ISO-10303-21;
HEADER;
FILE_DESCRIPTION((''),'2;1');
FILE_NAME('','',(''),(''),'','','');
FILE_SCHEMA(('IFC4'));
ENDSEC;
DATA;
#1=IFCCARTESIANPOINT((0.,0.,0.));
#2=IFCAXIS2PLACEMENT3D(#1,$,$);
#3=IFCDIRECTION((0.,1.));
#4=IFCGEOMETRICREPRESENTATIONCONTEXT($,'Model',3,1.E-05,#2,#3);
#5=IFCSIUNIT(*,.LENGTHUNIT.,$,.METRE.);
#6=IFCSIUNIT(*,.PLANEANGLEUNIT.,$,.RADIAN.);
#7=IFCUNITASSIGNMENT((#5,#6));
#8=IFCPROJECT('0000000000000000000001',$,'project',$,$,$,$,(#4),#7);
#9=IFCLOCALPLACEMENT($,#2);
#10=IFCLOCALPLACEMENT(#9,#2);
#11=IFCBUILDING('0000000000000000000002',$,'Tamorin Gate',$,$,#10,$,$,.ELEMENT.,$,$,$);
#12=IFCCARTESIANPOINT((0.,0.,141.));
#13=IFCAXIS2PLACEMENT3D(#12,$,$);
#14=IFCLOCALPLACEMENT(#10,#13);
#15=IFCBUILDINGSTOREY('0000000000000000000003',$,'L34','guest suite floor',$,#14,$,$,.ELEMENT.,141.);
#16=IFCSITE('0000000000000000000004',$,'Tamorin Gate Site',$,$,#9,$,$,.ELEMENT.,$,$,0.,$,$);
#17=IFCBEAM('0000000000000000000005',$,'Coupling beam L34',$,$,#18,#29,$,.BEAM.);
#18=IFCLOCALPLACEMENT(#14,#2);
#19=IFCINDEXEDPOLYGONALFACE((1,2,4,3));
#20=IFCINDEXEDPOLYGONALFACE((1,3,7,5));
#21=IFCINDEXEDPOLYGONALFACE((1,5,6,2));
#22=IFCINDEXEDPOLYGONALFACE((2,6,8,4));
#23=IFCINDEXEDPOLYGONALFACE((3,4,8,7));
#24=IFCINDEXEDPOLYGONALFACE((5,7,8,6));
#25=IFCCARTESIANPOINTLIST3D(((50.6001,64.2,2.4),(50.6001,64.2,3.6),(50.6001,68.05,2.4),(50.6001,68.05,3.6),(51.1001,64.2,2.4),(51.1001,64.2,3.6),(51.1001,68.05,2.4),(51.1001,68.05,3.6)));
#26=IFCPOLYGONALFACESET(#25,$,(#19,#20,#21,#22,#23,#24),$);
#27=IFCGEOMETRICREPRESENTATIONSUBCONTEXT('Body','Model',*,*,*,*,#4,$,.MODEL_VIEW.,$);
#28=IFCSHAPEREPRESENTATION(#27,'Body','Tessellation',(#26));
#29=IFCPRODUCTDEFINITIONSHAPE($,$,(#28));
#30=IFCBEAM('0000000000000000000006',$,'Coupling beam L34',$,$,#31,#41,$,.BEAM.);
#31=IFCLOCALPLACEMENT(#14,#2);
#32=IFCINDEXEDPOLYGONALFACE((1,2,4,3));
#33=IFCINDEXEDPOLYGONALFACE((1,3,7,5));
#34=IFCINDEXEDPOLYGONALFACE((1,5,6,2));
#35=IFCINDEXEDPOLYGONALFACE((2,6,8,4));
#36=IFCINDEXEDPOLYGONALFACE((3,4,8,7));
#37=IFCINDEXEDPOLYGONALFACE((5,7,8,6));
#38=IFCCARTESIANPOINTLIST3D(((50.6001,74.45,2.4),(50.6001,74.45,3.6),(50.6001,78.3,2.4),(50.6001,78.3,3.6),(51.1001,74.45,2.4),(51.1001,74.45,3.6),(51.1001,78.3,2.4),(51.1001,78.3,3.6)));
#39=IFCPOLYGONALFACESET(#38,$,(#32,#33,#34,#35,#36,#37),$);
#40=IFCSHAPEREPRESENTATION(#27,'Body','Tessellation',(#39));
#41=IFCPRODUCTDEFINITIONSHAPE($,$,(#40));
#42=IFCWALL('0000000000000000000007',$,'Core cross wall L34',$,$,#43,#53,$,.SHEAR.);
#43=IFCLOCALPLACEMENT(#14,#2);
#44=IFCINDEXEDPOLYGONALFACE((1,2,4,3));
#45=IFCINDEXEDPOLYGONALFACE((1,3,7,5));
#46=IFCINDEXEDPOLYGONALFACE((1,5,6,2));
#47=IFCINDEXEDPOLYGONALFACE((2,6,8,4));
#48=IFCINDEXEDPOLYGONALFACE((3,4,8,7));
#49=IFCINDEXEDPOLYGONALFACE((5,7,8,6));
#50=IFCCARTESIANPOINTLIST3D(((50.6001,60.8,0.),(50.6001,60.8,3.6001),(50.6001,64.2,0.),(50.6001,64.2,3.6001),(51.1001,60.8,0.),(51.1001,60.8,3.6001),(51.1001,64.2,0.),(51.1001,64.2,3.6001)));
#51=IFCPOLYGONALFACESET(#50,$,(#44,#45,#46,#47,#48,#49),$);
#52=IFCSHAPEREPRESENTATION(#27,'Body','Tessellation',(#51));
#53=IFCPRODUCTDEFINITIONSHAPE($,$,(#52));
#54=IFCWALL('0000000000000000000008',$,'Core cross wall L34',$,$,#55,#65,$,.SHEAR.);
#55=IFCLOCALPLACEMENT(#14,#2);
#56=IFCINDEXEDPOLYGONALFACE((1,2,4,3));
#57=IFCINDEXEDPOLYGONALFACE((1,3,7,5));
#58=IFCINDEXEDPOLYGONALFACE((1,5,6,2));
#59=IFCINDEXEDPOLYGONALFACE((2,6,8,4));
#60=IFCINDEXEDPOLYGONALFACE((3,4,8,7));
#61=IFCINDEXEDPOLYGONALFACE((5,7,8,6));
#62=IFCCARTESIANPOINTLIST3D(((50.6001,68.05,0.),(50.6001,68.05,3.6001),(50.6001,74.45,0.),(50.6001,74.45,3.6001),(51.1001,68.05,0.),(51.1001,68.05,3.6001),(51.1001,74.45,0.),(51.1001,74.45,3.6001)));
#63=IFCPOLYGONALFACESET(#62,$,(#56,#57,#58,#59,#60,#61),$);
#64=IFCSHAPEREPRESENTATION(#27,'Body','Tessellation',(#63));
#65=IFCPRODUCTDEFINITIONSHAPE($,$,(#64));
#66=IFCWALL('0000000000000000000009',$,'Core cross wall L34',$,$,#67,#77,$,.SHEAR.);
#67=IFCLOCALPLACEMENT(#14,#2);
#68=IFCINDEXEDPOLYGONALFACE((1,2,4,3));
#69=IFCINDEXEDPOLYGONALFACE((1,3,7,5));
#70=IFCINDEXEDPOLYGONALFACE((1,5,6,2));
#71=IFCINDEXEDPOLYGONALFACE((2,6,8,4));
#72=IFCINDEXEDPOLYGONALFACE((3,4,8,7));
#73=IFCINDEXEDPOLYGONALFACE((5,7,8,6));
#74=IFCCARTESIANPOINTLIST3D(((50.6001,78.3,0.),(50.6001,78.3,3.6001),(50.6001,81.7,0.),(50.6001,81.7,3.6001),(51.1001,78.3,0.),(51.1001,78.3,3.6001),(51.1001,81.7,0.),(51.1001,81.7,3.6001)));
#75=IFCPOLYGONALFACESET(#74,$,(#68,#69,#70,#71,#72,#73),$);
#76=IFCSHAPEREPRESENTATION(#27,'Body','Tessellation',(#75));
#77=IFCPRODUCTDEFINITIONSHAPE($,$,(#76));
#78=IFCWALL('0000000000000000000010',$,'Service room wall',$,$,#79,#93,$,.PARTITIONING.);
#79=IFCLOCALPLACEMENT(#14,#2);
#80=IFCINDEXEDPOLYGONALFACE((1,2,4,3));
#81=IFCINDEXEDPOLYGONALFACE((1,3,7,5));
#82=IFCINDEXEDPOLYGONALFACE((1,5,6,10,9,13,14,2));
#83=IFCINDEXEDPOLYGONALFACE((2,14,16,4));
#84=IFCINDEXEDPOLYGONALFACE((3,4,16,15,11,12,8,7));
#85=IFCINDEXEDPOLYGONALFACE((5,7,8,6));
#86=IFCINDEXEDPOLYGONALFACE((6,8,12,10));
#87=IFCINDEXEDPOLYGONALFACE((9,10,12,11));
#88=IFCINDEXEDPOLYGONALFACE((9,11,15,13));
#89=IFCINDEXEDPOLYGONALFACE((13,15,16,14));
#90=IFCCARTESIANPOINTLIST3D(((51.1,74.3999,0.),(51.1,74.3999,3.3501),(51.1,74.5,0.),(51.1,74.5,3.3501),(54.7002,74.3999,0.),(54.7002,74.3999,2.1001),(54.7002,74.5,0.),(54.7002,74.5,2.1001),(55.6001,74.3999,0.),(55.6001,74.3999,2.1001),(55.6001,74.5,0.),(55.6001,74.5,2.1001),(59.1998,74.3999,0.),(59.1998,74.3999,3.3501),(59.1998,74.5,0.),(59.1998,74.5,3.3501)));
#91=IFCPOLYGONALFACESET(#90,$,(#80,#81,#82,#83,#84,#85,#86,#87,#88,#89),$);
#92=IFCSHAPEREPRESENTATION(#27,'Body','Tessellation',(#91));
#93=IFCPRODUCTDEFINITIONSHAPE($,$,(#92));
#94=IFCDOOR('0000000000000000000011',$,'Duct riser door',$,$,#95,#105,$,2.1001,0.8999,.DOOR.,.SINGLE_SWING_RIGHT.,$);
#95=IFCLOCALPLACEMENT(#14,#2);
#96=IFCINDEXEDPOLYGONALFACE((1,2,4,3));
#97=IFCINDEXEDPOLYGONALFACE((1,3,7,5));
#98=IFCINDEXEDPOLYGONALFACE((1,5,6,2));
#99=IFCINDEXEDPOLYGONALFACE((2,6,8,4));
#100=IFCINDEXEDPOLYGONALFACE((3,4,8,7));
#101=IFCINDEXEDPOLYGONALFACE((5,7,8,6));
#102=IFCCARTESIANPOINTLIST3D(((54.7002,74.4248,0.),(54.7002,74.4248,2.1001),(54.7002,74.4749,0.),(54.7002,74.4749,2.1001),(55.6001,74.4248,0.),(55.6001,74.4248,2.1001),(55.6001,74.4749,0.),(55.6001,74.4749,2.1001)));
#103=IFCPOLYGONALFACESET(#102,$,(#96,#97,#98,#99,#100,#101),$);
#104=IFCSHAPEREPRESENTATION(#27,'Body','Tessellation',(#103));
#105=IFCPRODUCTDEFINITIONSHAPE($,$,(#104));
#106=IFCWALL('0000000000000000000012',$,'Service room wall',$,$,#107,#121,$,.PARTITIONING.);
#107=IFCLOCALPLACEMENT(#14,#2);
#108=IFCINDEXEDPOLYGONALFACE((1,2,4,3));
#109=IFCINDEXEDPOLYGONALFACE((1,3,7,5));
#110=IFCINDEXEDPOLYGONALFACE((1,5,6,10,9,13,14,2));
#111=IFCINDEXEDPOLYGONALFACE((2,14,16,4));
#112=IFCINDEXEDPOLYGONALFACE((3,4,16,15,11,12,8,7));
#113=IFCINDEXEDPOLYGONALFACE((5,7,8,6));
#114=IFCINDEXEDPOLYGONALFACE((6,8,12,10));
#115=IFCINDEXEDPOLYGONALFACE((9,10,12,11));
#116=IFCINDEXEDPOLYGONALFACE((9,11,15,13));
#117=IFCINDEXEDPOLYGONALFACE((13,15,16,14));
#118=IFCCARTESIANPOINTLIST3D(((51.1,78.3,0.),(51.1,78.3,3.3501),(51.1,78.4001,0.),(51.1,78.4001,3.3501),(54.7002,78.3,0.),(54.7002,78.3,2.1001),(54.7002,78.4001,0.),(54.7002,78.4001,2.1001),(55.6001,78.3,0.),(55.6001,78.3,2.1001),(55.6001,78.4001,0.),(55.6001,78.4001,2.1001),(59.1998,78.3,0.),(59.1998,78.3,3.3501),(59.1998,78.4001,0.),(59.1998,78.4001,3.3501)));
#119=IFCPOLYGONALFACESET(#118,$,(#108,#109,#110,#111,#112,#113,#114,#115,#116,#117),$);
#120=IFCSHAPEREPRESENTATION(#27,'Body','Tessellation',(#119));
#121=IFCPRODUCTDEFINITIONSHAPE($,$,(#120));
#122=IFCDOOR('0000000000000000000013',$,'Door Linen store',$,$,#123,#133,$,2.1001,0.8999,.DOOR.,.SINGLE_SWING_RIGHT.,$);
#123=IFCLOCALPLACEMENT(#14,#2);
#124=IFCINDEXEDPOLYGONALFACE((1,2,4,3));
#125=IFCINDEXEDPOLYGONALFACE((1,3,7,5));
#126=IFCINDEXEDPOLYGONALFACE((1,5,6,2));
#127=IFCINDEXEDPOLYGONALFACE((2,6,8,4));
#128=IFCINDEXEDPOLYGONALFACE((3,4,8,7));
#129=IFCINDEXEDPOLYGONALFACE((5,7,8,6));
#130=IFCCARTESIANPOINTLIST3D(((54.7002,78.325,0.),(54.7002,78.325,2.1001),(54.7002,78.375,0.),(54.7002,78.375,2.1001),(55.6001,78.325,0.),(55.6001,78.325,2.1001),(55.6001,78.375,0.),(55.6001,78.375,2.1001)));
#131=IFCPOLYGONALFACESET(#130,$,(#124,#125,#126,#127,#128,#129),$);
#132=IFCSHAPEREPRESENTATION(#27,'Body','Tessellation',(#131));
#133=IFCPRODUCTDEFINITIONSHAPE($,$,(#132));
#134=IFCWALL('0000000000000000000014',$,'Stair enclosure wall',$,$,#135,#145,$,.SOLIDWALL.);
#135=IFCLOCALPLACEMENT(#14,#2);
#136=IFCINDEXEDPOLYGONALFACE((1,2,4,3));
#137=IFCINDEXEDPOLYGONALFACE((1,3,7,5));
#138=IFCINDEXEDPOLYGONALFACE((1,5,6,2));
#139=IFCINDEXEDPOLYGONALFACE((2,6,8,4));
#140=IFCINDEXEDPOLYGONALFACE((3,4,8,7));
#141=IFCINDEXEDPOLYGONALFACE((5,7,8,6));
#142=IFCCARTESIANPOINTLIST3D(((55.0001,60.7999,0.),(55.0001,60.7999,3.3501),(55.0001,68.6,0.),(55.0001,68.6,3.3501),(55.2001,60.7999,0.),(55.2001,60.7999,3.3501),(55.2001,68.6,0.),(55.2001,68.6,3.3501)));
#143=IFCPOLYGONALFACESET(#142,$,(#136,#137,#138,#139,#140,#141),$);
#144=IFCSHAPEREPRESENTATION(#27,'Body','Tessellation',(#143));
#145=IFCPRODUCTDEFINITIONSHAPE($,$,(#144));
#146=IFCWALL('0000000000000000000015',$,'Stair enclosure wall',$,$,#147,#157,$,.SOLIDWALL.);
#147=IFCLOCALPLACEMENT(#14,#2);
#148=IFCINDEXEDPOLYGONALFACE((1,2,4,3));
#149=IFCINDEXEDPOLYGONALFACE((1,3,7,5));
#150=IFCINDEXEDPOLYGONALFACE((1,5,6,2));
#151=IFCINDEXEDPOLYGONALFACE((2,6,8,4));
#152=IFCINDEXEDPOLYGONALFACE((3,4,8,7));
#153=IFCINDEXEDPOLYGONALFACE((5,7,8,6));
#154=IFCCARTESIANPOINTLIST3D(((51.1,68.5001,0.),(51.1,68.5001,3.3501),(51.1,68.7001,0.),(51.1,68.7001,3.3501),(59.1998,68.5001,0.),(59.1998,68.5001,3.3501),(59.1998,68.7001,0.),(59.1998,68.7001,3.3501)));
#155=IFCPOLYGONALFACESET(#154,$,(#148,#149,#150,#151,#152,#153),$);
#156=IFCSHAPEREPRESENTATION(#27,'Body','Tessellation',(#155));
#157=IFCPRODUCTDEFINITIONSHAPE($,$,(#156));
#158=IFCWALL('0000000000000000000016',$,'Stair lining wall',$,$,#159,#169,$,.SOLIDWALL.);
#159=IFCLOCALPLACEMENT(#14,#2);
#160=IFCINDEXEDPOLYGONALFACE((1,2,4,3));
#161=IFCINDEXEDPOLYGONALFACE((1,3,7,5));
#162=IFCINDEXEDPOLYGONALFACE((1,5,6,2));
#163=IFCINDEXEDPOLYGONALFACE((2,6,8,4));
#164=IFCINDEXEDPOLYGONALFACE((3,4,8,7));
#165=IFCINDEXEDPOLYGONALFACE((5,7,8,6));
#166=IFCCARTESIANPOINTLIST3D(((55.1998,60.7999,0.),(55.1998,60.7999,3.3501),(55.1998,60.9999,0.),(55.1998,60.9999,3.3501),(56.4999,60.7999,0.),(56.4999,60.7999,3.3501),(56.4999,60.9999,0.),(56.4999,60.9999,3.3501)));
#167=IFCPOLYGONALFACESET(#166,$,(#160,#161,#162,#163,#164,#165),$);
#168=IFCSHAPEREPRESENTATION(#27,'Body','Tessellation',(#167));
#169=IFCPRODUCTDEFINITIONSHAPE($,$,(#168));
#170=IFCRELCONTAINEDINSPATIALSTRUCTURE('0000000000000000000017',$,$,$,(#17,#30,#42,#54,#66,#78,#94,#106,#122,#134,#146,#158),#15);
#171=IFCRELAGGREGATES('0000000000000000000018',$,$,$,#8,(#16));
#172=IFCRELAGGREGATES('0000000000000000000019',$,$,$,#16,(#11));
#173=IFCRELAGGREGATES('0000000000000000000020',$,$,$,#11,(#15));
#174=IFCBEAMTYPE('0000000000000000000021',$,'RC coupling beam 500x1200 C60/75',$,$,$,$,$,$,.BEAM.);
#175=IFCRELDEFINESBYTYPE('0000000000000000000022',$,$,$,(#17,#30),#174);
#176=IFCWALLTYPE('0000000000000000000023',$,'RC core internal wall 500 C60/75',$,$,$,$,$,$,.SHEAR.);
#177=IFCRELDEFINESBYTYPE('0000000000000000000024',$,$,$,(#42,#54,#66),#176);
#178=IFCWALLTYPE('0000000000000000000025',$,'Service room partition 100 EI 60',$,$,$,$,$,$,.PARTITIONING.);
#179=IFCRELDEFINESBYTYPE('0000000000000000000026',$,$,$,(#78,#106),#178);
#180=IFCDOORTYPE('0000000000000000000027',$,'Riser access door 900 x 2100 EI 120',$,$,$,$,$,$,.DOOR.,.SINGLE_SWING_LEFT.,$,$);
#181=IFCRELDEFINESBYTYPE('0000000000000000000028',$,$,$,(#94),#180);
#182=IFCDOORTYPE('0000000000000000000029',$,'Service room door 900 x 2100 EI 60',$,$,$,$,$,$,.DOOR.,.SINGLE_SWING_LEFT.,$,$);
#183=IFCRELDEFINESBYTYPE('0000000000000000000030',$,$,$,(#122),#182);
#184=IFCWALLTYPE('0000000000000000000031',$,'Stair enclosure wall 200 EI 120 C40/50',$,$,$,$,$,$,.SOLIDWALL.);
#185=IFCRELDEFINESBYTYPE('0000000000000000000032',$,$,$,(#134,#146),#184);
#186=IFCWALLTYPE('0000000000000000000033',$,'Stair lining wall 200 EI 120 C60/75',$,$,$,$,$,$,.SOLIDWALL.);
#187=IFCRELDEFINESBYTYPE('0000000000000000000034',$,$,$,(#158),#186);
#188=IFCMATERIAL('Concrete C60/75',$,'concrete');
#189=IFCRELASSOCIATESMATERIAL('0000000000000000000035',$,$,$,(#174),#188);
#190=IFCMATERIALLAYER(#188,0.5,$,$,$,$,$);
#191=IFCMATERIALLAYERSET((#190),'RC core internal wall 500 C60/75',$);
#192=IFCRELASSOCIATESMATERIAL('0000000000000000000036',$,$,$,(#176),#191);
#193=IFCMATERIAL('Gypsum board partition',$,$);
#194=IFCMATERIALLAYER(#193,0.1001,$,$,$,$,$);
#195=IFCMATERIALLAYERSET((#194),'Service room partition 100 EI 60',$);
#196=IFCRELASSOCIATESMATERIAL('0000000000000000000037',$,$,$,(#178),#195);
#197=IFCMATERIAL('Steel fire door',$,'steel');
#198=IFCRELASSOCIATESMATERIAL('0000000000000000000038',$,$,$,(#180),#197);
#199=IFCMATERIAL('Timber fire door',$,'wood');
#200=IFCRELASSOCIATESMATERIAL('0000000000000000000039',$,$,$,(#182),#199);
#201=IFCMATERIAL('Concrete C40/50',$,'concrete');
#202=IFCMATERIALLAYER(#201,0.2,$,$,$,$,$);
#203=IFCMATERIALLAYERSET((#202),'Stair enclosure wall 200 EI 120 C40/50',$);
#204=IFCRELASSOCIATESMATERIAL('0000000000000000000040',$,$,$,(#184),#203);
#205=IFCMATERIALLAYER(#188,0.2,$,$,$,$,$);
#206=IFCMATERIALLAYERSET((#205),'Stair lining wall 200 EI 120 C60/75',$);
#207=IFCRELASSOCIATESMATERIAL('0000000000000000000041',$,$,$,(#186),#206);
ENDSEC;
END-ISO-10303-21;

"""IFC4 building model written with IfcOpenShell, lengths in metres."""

from ifc_helpers import new_model, si_unit, direction, frame, frame_2d, origin, origin_2d, place, context, subcontext, project, spatial, rectangle, extrude, material, layer, layer_set, material_profile, profile_set, type_object, element, fill, save


model = new_model("IFC4")

# Units and contexts
model_context = context("Model", 3, precision=1e-05, world=origin(), true_north=direction((0.0, 1.0)))
body_context = subcontext(model_context, "Body", "Model", "MODEL_VIEW")
ifc_project = project(units=[si_unit("LENGTHUNIT", "METRE"), si_unit("PLANEANGLEUNIT", "RADIAN")], contexts=[model_context])

# Site, building, storey
site_placement = place(None, origin())
site = spatial("IfcSite", under=ifc_project, at=site_placement, Name="Tamorin Gate Site", CompositionType="ELEMENT", RefElevation=0.0)
building_placement = place(site_placement, origin())
building = spatial("IfcBuilding", under=site, at=building_placement, Name="Tamorin Gate", CompositionType="ELEMENT")
storey_placement = place(building_placement, frame((0.0, 0.0, 141.0)))
storey = spatial("IfcBuildingStorey", under=building, at=storey_placement, Name="L34", Description="guest suite floor", CompositionType="ELEMENT", Elevation=141.0)

# Beams
ifc_material_1 = material(Name="Concrete C60/75", Category="concrete")
ifc_material_profile = material_profile(ifc_material_1, rectangle(XDim=0.5, YDim=1.2, at=origin_2d()), Name="RC 500x1200")
ifc_profile_set = profile_set([ifc_material_profile], Name="Concrete C60/75")
beam_type = type_object("IfcBeamType", Name="RC coupling beam 500x1200 C60/75", PredefinedType="BEAM", material=ifc_profile_set)
for number, where, z_axis, x_axis, name in (
    (1, (50.8501, 64.2, 3.0), (0.0, 1.0, 0.0), (-1.0, 0.0, 0.0), "Coupling beam L34"),
    (2, (50.8501, 74.45, 3.0), (0.0, 1.0, 0.0), (-1.0, 0.0, 0.0), "Coupling beam L34"),
):
    element("IfcBeam", number, at=place(storey_placement, frame(where, z_axis=z_axis, x_axis=x_axis)), inside=storey, type_object=beam_type, Name=name, PredefinedType="BEAM", context=body_context, shape_type="SweptSolid", body=[
        extrude(rectangle(XDim=0.5, YDim=1.2, at=origin_2d()), origin(), (0.0, 0.0, 1.0), 3.8501),
    ])

# Walls
ifc_layer_1 = layer(ifc_material_1, 0.5)
ifc_layer_set_1 = layer_set([ifc_layer_1], Name="RC core internal wall 500 C60/75")
wall_type_1 = type_object("IfcWallType", Name="RC core internal wall 500 C60/75", PredefinedType="SHEAR", material=ifc_layer_set_1)
wall_1_placement = place(storey_placement, frame((50.8501, 60.8, 0.0), z_axis=(0.0, 0.0, 1.0), x_axis=(0.0, 1.0, 0.0)))
element("IfcWall", 3, at=wall_1_placement, inside=storey, type_object=wall_type_1, Name="Core cross wall L34", PredefinedType="SHEAR", context=body_context, shape_type="SweptSolid", body=[
    extrude(rectangle(XDim=3.3999, YDim=0.5, at=frame_2d((1.7, 0.0))), origin(), (0.0, 0.0, 1.0), 3.6001),
])
wall_2_placement = place(storey_placement, frame((50.8501, 68.05, 0.0), z_axis=(0.0, 0.0, 1.0), x_axis=(0.0, 1.0, 0.0)))
element("IfcWall", 4, at=wall_2_placement, inside=storey, type_object=wall_type_1, Name="Core cross wall L34", PredefinedType="SHEAR", context=body_context, shape_type="SweptSolid", body=[
    extrude(rectangle(XDim=6.3999, YDim=0.5, at=frame_2d((3.2, 0.0))), origin(), (0.0, 0.0, 1.0), 3.6001),
])
wall_3_placement = place(storey_placement, frame((50.8501, 78.3, 0.0), z_axis=(0.0, 0.0, 1.0), x_axis=(0.0, 1.0, 0.0)))
element("IfcWall", 5, at=wall_3_placement, inside=storey, type_object=wall_type_1, Name="Core cross wall L34", PredefinedType="SHEAR", context=body_context, shape_type="SweptSolid", body=[
    extrude(rectangle(XDim=3.3999, YDim=0.5, at=frame_2d((1.7, 0.0))), origin(), (0.0, 0.0, 1.0), 3.6001),
])

# Walls, openings, doors
ifc_material_2 = material(Name="Gypsum board partition")
ifc_layer_2 = layer(ifc_material_2, 0.1001)
ifc_layer_set_2 = layer_set([ifc_layer_2], Name="Service room partition 100 EI 60")
wall_type_2 = type_object("IfcWallType", Name="Service room partition 100 EI 60", PredefinedType="PARTITIONING", material=ifc_layer_set_2)
wall_4_placement = place(storey_placement, frame((51.1001, 74.45, 0.0), z_axis=(0.0, 0.0, 1.0), x_axis=(1.0, 0.0, 0.0)))
wall_4 = element("IfcWall", 6, at=wall_4_placement, inside=storey, type_object=wall_type_2, Name="Service room wall", PredefinedType="PARTITIONING", context=body_context, shape_type="SweptSolid", body=[
    extrude(rectangle(XDim=8.0999, YDim=0.1001, at=frame_2d((4.0498, 0.0))), origin(), (0.0, 0.0, 1.0), 3.3501),
])
opening_1_placement = place(wall_4_placement, frame((3.6001, 0.0, 0.0)))
opening_1 = element("IfcOpeningElement", 7, at=opening_1_placement, cuts=wall_4, PredefinedType="OPENING", context=body_context, shape_type="SweptSolid", body=[
    extrude(rectangle(XDim=0.8999, YDim=2.1001, at=frame_2d((0.45, 1.05))), frame((0.0, 0.0601, 0.0), z_axis=(0.0, -1.0, 0.0), x_axis=(1.0, 0.0, 0.0)), (0.0, 0.0, 1.0), 0.1201),
])
ifc_material_3 = material(Name="Steel fire door", Category="steel")
door_type_1 = type_object("IfcDoorType", Name="Riser access door 900 x 2100 EI 120", OperationType="SINGLE_SWING_LEFT", PredefinedType="DOOR", material=ifc_material_3)
door_1_placement = place(opening_1_placement, origin())
door_1 = element("IfcDoor", 8, at=door_1_placement, inside=storey, type_object=door_type_1, Name="Duct riser door", OperationType="SINGLE_SWING_RIGHT", OverallHeight=2.1001, OverallWidth=0.8999, PredefinedType="DOOR", context=body_context, shape_type="SweptSolid", body=[
    extrude(rectangle(XDim=0.8999, YDim=2.1001, at=frame_2d((0.45, 1.05))), frame((0.0, 0.0249, 0.0), z_axis=(0.0, -1.0, 0.0), x_axis=(1.0, 0.0, 0.0)), (0.0, 0.0, 1.0), 0.05),
])
fill(opening_1, door_1)
wall_5_placement = place(storey_placement, frame((51.1001, 78.3501, 0.0), z_axis=(0.0, 0.0, 1.0), x_axis=(1.0, 0.0, 0.0)))
wall_5 = element("IfcWall", 9, at=wall_5_placement, inside=storey, type_object=wall_type_2, Name="Service room wall", PredefinedType="PARTITIONING", context=body_context, shape_type="SweptSolid", body=[
    extrude(rectangle(XDim=8.0999, YDim=0.1001, at=frame_2d((4.0498, 0.0))), origin(), (0.0, 0.0, 1.0), 3.3501),
])
opening_2_placement = place(wall_5_placement, frame((3.6001, 0.0, 0.0)))
opening_2 = element("IfcOpeningElement", 10, at=opening_2_placement, cuts=wall_5, PredefinedType="OPENING", context=body_context, shape_type="SweptSolid", body=[
    extrude(rectangle(XDim=0.8999, YDim=2.1001, at=frame_2d((0.45, 1.05))), frame((0.0, 0.0601, 0.0), z_axis=(0.0, -1.0, 0.0), x_axis=(1.0, 0.0, 0.0)), (0.0, 0.0, 1.0), 0.1201),
])
ifc_material_4 = material(Name="Timber fire door", Category="wood")
door_type_2 = type_object("IfcDoorType", Name="Service room door 900 x 2100 EI 60", OperationType="SINGLE_SWING_LEFT", PredefinedType="DOOR", material=ifc_material_4)
door_2_placement = place(opening_2_placement, origin())
door_2 = element("IfcDoor", 11, at=door_2_placement, inside=storey, type_object=door_type_2, Name="Door Linen store", OperationType="SINGLE_SWING_RIGHT", OverallHeight=2.1001, OverallWidth=0.8999, PredefinedType="DOOR", context=body_context, shape_type="SweptSolid", body=[
    extrude(rectangle(XDim=0.8999, YDim=2.1001, at=frame_2d((0.45, 1.05))), frame((0.0, 0.0249, 0.0), z_axis=(0.0, -1.0, 0.0), x_axis=(1.0, 0.0, 0.0)), (0.0, 0.0, 1.0), 0.05),
])
fill(opening_2, door_2)

# Walls
ifc_material_5 = material(Name="Concrete C40/50", Category="concrete")
ifc_layer_3 = layer(ifc_material_5, 0.2)
ifc_layer_set_3 = layer_set([ifc_layer_3], Name="Stair enclosure wall 200 EI 120 C40/50")
wall_type_3 = type_object("IfcWallType", Name="Stair enclosure wall 200 EI 120 C40/50", PredefinedType="SOLIDWALL", material=ifc_layer_set_3)
wall_6_placement = place(storey_placement, frame((55.1001, 60.8, 0.0), z_axis=(0.0, 0.0, 1.0), x_axis=(0.0, 1.0, 0.0)))
element("IfcWall", 12, at=wall_6_placement, inside=storey, type_object=wall_type_3, Name="Stair enclosure wall", PredefinedType="SOLIDWALL", context=body_context, shape_type="SweptSolid", body=[
    extrude(rectangle(XDim=7.8, YDim=0.2, at=frame_2d((3.8999, 0.0))), origin(), (0.0, 0.0, 1.0), 3.3501),
])
wall_7_placement = place(storey_placement, frame((51.1001, 68.6001, 0.0), z_axis=(0.0, 0.0, 1.0), x_axis=(1.0, 0.0, 0.0)))
element("IfcWall", 13, at=wall_7_placement, inside=storey, type_object=wall_type_3, Name="Stair enclosure wall", PredefinedType="SOLIDWALL", context=body_context, shape_type="SweptSolid", body=[
    extrude(rectangle(XDim=8.0999, YDim=0.2, at=frame_2d((4.0498, 0.0))), origin(), (0.0, 0.0, 1.0), 3.3501),
])
ifc_layer_4 = layer(ifc_material_1, 0.2)
ifc_layer_set_4 = layer_set([ifc_layer_4], Name="Stair lining wall 200 EI 120 C60/75")
wall_type_4 = type_object("IfcWallType", Name="Stair lining wall 200 EI 120 C60/75", PredefinedType="SOLIDWALL", material=ifc_layer_set_4)
wall_8_placement = place(storey_placement, frame((55.2, 60.8999, 0.0), z_axis=(0.0, 0.0, 1.0), x_axis=(1.0, 0.0, 0.0)))
element("IfcWall", 14, at=wall_8_placement, inside=storey, type_object=wall_type_4, Name="Stair lining wall", PredefinedType="SOLIDWALL", context=body_context, shape_type="SweptSolid", body=[
    extrude(rectangle(XDim=1.3, YDim=0.2, at=frame_2d((0.6499, 0.0))), origin(), (0.0, 0.0, 1.0), 3.3501),
])

save(model, "model.ifc")
